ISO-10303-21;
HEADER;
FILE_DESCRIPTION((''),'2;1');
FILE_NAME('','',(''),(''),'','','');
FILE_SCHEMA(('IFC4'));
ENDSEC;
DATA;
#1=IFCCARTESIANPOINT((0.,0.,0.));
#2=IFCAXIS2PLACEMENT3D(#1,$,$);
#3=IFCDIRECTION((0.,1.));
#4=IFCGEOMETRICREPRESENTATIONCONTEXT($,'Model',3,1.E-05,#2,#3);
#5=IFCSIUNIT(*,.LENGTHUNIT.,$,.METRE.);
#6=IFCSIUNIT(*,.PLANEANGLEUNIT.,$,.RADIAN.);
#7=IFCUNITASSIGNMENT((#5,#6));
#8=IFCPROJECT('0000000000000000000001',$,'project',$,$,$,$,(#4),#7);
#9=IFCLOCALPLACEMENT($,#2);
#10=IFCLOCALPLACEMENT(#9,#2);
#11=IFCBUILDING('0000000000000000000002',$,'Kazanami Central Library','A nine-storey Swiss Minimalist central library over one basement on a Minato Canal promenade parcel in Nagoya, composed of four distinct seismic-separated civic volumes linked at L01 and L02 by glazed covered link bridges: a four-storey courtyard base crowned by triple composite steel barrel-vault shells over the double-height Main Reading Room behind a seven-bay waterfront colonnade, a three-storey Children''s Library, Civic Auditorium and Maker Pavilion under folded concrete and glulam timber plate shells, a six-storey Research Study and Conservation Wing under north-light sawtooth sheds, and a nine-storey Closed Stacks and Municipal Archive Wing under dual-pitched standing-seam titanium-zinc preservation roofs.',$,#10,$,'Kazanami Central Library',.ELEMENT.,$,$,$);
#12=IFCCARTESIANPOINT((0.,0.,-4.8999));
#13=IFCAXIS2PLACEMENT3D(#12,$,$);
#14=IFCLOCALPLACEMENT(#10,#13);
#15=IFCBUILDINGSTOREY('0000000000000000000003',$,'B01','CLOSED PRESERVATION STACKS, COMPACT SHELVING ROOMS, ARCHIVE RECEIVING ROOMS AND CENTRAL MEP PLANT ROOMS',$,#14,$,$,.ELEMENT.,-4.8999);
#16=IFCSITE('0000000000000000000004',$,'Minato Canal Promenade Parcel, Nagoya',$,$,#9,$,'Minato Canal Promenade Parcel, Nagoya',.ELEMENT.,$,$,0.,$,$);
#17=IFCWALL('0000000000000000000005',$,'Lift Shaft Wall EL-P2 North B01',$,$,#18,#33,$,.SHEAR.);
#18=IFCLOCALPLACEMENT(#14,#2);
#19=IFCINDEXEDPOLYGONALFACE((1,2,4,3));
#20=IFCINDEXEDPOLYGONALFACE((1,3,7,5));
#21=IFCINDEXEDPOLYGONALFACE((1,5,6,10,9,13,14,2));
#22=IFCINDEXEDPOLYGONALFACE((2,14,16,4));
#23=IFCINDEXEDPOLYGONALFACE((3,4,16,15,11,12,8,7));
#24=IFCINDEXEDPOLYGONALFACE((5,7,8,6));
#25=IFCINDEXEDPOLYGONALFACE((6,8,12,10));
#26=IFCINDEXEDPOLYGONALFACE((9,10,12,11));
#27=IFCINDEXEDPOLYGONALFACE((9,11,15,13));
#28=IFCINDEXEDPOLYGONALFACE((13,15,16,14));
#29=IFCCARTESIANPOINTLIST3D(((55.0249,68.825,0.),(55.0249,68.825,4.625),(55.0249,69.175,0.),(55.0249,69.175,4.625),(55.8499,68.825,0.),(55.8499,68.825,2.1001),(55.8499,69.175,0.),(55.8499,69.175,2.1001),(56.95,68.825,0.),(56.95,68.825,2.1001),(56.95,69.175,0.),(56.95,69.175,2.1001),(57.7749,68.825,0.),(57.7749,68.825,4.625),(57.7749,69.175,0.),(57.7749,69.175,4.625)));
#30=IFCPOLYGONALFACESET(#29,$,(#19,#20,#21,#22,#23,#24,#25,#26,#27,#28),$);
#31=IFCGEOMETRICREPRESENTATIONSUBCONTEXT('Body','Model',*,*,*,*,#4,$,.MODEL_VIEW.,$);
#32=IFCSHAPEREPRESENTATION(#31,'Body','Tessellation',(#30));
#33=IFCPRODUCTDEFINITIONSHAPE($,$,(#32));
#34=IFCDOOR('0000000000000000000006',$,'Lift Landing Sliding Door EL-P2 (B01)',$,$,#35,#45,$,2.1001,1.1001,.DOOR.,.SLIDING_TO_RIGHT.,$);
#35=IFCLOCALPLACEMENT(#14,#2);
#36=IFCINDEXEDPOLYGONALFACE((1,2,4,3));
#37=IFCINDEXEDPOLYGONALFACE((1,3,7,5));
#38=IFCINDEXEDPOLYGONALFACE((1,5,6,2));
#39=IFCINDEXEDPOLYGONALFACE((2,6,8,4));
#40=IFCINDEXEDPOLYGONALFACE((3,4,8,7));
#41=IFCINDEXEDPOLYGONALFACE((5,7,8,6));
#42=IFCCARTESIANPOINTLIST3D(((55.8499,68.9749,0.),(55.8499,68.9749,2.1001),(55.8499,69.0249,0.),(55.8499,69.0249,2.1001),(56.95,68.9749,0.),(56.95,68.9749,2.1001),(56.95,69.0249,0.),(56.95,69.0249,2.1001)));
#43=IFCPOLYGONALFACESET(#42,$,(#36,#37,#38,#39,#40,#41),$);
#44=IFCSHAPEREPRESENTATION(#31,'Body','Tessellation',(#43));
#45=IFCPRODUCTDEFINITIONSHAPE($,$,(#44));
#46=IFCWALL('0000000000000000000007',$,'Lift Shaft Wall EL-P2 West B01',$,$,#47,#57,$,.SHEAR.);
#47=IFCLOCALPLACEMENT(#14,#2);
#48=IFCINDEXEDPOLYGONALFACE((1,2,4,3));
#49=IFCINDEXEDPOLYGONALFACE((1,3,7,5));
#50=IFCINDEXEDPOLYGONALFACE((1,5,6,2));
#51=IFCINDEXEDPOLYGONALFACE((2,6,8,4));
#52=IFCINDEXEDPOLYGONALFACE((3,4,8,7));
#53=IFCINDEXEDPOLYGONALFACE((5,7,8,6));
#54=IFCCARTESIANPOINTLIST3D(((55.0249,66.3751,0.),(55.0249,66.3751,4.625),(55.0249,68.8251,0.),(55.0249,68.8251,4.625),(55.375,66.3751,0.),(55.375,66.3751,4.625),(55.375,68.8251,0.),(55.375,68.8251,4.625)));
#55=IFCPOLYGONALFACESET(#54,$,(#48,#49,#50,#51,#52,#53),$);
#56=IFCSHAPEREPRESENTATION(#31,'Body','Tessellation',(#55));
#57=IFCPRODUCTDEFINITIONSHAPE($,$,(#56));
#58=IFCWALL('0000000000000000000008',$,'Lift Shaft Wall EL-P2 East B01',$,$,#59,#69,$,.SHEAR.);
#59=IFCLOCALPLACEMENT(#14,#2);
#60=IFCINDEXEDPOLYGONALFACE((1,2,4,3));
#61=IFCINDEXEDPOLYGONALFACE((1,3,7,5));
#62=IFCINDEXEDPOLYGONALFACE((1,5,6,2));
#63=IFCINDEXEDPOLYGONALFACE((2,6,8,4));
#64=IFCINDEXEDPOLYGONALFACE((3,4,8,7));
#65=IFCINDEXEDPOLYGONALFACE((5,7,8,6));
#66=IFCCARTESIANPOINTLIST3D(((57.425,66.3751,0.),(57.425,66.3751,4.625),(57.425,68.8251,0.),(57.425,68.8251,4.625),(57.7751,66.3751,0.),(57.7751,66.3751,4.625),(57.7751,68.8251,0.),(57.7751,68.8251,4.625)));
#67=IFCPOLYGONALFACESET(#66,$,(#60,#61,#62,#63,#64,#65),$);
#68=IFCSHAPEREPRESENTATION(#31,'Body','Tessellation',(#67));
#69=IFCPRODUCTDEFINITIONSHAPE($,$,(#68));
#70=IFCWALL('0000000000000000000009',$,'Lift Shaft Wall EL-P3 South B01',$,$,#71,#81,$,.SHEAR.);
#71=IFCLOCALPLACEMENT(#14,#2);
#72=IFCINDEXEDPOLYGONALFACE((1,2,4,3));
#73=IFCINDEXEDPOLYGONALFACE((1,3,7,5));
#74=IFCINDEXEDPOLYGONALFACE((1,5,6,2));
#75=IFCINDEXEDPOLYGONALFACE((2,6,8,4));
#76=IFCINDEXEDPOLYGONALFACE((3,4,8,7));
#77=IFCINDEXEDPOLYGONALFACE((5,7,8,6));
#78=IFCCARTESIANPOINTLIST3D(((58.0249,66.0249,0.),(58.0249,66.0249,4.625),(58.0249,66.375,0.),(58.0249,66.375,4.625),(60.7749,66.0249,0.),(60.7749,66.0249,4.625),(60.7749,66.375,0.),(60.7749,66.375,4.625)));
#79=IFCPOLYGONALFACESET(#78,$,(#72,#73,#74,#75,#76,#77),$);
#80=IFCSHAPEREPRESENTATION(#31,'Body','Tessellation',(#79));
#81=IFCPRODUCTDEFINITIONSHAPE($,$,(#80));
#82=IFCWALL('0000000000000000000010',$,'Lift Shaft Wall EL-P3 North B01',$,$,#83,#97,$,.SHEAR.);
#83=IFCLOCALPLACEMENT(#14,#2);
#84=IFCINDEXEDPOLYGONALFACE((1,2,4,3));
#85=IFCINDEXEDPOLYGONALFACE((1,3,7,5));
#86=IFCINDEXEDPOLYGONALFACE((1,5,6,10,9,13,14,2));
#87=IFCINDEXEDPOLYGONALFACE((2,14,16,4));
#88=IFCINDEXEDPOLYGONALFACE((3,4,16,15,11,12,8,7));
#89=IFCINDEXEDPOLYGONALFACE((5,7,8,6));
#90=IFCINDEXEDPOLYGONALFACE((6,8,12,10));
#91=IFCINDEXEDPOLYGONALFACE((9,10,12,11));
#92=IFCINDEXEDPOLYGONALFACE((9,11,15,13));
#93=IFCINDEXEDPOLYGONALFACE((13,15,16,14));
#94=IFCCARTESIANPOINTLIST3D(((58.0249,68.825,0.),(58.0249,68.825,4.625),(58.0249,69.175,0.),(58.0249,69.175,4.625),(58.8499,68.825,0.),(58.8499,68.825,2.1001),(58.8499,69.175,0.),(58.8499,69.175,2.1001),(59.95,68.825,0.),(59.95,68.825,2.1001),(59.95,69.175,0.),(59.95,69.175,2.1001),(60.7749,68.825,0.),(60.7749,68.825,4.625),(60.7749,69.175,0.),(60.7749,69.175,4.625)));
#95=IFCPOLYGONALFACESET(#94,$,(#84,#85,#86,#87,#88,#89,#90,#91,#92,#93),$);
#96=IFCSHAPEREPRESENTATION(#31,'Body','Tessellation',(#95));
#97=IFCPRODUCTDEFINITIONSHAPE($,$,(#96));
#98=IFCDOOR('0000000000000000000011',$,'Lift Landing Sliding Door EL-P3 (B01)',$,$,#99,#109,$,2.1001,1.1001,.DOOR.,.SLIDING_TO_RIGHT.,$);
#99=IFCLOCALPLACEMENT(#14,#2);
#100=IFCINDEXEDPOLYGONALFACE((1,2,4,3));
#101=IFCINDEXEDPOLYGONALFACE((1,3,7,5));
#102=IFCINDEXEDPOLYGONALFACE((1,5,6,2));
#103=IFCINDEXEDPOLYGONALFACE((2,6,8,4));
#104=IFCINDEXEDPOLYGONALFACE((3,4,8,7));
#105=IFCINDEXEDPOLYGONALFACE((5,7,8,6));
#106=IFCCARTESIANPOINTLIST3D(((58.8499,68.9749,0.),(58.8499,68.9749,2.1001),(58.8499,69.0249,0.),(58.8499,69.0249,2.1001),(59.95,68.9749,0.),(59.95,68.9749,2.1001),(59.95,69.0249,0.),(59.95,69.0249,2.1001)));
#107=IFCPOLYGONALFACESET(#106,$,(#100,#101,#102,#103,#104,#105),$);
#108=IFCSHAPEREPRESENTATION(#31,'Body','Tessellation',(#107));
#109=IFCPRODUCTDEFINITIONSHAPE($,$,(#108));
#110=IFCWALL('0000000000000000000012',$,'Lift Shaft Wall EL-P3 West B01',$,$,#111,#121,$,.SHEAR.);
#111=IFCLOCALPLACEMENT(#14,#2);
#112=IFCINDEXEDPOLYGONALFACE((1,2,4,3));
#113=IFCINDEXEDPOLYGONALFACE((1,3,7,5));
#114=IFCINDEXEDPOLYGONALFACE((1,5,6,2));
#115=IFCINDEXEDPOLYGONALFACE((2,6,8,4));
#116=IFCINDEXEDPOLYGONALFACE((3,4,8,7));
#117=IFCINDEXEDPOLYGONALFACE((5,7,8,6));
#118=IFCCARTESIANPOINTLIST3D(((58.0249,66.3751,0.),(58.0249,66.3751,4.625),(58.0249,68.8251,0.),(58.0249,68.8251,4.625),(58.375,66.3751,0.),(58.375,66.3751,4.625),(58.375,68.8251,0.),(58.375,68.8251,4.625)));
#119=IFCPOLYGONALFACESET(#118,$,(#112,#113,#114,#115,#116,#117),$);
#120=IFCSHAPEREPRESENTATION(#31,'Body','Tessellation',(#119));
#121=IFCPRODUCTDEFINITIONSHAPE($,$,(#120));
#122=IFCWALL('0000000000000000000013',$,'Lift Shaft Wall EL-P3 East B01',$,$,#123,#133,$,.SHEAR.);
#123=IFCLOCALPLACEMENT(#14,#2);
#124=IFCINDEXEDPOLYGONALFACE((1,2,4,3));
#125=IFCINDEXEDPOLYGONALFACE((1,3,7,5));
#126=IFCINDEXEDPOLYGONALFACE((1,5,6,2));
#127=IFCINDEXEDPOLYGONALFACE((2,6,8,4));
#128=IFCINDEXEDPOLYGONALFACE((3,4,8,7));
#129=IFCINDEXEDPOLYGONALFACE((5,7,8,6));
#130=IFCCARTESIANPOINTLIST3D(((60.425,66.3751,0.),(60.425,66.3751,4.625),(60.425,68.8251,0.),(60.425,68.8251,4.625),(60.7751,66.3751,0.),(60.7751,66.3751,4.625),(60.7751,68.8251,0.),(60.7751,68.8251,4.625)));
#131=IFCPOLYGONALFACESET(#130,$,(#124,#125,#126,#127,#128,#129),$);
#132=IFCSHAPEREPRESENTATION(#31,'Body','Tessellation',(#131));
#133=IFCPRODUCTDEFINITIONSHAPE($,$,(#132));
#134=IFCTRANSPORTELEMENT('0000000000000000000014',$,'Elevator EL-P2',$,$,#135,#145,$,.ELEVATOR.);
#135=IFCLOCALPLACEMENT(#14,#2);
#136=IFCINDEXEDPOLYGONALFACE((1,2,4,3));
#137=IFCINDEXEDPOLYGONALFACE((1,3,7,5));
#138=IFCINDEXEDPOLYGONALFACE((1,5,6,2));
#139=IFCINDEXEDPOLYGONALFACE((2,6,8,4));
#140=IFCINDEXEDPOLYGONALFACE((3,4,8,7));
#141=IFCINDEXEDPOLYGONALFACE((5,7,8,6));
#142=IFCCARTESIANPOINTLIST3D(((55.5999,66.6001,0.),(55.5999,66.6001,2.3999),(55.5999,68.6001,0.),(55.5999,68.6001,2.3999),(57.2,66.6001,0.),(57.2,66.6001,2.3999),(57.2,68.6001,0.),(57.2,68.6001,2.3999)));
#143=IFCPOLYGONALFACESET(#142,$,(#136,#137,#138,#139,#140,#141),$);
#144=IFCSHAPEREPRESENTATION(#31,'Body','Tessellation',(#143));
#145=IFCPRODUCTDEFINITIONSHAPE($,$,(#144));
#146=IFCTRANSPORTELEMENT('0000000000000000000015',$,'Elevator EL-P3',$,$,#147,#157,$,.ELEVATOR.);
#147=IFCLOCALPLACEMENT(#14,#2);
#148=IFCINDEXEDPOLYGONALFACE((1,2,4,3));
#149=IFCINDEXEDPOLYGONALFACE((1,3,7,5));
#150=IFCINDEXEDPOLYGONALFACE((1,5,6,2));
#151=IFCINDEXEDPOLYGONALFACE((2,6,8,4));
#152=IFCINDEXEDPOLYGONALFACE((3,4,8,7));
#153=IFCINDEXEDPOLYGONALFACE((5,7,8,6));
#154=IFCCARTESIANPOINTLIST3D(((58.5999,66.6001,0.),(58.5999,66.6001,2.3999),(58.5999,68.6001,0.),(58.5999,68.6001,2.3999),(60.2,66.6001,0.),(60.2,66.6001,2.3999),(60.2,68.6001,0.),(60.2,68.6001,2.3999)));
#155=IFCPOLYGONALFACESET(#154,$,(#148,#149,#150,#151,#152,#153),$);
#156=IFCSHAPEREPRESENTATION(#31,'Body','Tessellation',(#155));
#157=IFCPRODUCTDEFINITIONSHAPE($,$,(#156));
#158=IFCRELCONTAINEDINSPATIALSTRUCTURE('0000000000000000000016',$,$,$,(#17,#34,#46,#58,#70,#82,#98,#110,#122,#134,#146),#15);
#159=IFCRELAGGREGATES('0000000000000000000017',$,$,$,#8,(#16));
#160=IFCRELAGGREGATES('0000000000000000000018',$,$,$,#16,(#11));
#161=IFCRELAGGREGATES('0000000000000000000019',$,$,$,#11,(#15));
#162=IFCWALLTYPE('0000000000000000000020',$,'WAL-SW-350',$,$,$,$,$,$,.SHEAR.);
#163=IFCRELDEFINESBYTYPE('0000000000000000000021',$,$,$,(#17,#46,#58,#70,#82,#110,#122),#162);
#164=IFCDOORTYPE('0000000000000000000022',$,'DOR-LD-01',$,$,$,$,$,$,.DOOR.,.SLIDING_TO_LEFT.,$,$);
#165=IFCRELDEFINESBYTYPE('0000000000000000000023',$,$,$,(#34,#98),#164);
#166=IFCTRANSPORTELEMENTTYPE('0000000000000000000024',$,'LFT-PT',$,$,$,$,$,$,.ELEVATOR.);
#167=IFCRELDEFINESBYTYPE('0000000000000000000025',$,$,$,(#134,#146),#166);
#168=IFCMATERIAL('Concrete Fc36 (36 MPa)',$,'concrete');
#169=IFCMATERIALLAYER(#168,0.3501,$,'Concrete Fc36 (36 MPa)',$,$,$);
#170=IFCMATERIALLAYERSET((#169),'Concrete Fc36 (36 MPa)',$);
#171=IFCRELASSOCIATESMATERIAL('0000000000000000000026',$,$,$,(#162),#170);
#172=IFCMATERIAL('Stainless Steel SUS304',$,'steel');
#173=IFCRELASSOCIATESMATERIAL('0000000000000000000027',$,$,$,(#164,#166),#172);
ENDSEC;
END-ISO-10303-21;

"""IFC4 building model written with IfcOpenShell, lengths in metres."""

from ifc_helpers import new_model, si_unit, direction, frame, frame_2d, origin, origin_2d, place, context, subcontext, project, spatial, rectangle, extrude, material, layer, layer_set, type_object, element, fill, save


model = new_model("IFC4")

# Units and contexts
model_context = context("Model", 3, precision=1e-05, world=origin(), true_north=direction((0.0, 1.0)))
body_context = subcontext(model_context, "Body", "Model", "MODEL_VIEW")
ifc_project = project(units=[si_unit("LENGTHUNIT", "METRE"), si_unit("PLANEANGLEUNIT", "RADIAN")], contexts=[model_context])

# Site, building, storey
site_placement = place(None, origin())
site = spatial("IfcSite", under=ifc_project, at=site_placement, Name="Minato Canal Promenade Parcel, Nagoya", LongName="Minato Canal Promenade Parcel, Nagoya", CompositionType="ELEMENT", RefElevation=0.0)
building_placement = place(site_placement, origin())
building = spatial("IfcBuilding", under=site, at=building_placement, Name="Kazanami Central Library", Description="A nine-storey Swiss Minimalist central library over one basement on a Minato Canal promenade parcel in Nagoya, composed of four distinct seismic-separated civic volumes linked at L01 and L02 by glazed covered link bridges: a four-storey courtyard base crowned by triple composite steel barrel-vault shells over the double-height Main Reading Room behind a seven-bay waterfront colonnade, a three-storey Children's Library, Civic Auditorium and Maker Pavilion under folded concrete and glulam timber plate shells, a six-storey Research Study and Conservation Wing under north-light sawtooth sheds, and a nine-storey Closed Stacks and Municipal Archive Wing under dual-pitched standing-seam titanium-zinc preservation roofs.", LongName="Kazanami Central Library", CompositionType="ELEMENT")
storey_placement = place(building_placement, frame((0.0, 0.0, -4.8999)))
storey = spatial("IfcBuildingStorey", under=building, at=storey_placement, Name="B01", Description="CLOSED PRESERVATION STACKS, COMPACT SHELVING ROOMS, ARCHIVE RECEIVING ROOMS AND CENTRAL MEP PLANT ROOMS", CompositionType="ELEMENT", Elevation=-4.8999)

# Shared definitions
ifc_material_1 = material(Name="Concrete Fc36 (36 MPa)", Category="concrete")

# Shared definitions
ifc_layer_1 = layer(ifc_material_1, 0.3501, Name="Concrete Fc36 (36 MPa)")
ifc_layer_set_1 = layer_set([ifc_layer_1], Name="Concrete Fc36 (36 MPa)")
wall_type_1 = type_object("IfcWallType", Name="WAL-SW-350", PredefinedType="SHEAR", material=ifc_layer_set_1)

# Wall, opening, door
wall_1_placement = place(storey_placement, frame((55.0249, 69.0, 0.0), z_axis=(0.0, 0.0, 1.0), x_axis=(1.0, 0.0, 0.0)))
wall_1 = element("IfcWall", 1, at=wall_1_placement, inside=storey, type_object=wall_type_1, Name="Lift Shaft Wall EL-P2 North B01", PredefinedType="SHEAR", context=body_context, shape_type="SweptSolid", body=[
    extrude(rectangle(XDim=2.75, YDim=0.3501, at=frame_2d((1.375, 0.0))), origin(), (0.0, 0.0, 1.0), 4.625),
])
opening_1_placement = place(wall_1_placement, frame((0.825, 0.0, 0.0)))
opening_1 = element("IfcOpeningElement", 2, at=opening_1_placement, cuts=wall_1, PredefinedType="OPENING", context=body_context, shape_type="SweptSolid", body=[
    extrude(rectangle(XDim=1.1001, YDim=2.1001, at=frame_2d((0.55, 1.05))), frame((0.0, 0.187, 0.0), z_axis=(0.0, -1.0, 0.0), x_axis=(1.0, 0.0, 0.0)), (0.0, 0.0, 1.0), 0.374),
])
ifc_material_2 = material(Name="Stainless Steel SUS304", Category="steel")
door_type = type_object("IfcDoorType", Name="DOR-LD-01", OperationType="SLIDING_TO_LEFT", PredefinedType="DOOR", material=ifc_material_2)
door_1_placement = place(opening_1_placement, origin())
door_1 = element("IfcDoor", 3, at=door_1_placement, inside=storey, type_object=door_type, Name="Lift Landing Sliding Door EL-P2 (B01)", OperationType="SLIDING_TO_RIGHT", OverallHeight=2.1001, OverallWidth=1.1001, PredefinedType="DOOR", context=body_context, shape_type="SweptSolid", body=[
    extrude(rectangle(XDim=1.1001, YDim=2.1001, at=frame_2d((0.55, 1.05))), frame((0.0, 0.0249, 0.0), z_axis=(0.0, -1.0, 0.0), x_axis=(1.0, 0.0, 0.0)), (0.0, 0.0, 1.0), 0.05),
])
fill(opening_1, door_1)

# Walls
for number, where, z_axis, x_axis, name in (
    (4, (55.2, 66.375, 0.0), (0.0, 0.0, 1.0), (0.0, 1.0, 0.0), "Lift Shaft Wall EL-P2 West B01"),
    (5, (57.6001, 66.375, 0.0), (0.0, 0.0, 1.0), (0.0, 1.0, 0.0), "Lift Shaft Wall EL-P2 East B01"),
):
    element("IfcWall", number, at=place(storey_placement, frame(where, z_axis=z_axis, x_axis=x_axis)), inside=storey, type_object=wall_type_1, Name=name, PredefinedType="SHEAR", context=body_context, shape_type="SweptSolid", body=[
        extrude(rectangle(XDim=2.45, YDim=0.3501, at=frame_2d((1.2251, 0.0))), origin(), (0.0, 0.0, 1.0), 4.625),
    ])
wall_2_placement = place(storey_placement, frame((58.0249, 66.2, 0.0), z_axis=(0.0, 0.0, 1.0), x_axis=(1.0, 0.0, 0.0)))
element("IfcWall", 6, at=wall_2_placement, inside=storey, type_object=wall_type_1, Name="Lift Shaft Wall EL-P3 South B01", PredefinedType="SHEAR", context=body_context, shape_type="SweptSolid", body=[
    extrude(rectangle(XDim=2.75, YDim=0.3501, at=frame_2d((1.375, 0.0))), origin(), (0.0, 0.0, 1.0), 4.625),
])

# Wall, opening, door
wall_3_placement = place(storey_placement, frame((58.0249, 69.0, 0.0), z_axis=(0.0, 0.0, 1.0), x_axis=(1.0, 0.0, 0.0)))
wall_3 = element("IfcWall", 7, at=wall_3_placement, inside=storey, type_object=wall_type_1, Name="Lift Shaft Wall EL-P3 North B01", PredefinedType="SHEAR", context=body_context, shape_type="SweptSolid", body=[
    extrude(rectangle(XDim=2.75, YDim=0.3501, at=frame_2d((1.375, 0.0))), origin(), (0.0, 0.0, 1.0), 4.625),
])
opening_2_placement = place(wall_3_placement, frame((0.825, 0.0, 0.0)))
opening_2 = element("IfcOpeningElement", 8, at=opening_2_placement, cuts=wall_3, PredefinedType="OPENING", context=body_context, shape_type="SweptSolid", body=[
    extrude(rectangle(XDim=1.1001, YDim=2.1001, at=frame_2d((0.55, 1.05))), frame((0.0, 0.187, 0.0), z_axis=(0.0, -1.0, 0.0), x_axis=(1.0, 0.0, 0.0)), (0.0, 0.0, 1.0), 0.374),
])
door_2_placement = place(opening_2_placement, origin())
door_2 = element("IfcDoor", 9, at=door_2_placement, inside=storey, type_object=door_type, Name="Lift Landing Sliding Door EL-P3 (B01)", OperationType="SLIDING_TO_RIGHT", OverallHeight=2.1001, OverallWidth=1.1001, PredefinedType="DOOR", context=body_context, shape_type="SweptSolid", body=[
    extrude(rectangle(XDim=1.1001, YDim=2.1001, at=frame_2d((0.55, 1.05))), frame((0.0, 0.0249, 0.0), z_axis=(0.0, -1.0, 0.0), x_axis=(1.0, 0.0, 0.0)), (0.0, 0.0, 1.0), 0.05),
])
fill(opening_2, door_2)

# Walls
for number, where, z_axis, x_axis, name in (
    (10, (58.2, 66.375, 0.0), (0.0, 0.0, 1.0), (0.0, 1.0, 0.0), "Lift Shaft Wall EL-P3 West B01"),
    (11, (60.6001, 66.375, 0.0), (0.0, 0.0, 1.0), (0.0, 1.0, 0.0), "Lift Shaft Wall EL-P3 East B01"),
):
    element("IfcWall", number, at=place(storey_placement, frame(where, z_axis=z_axis, x_axis=x_axis)), inside=storey, type_object=wall_type_1, Name=name, PredefinedType="SHEAR", context=body_context, shape_type="SweptSolid", body=[
        extrude(rectangle(XDim=2.45, YDim=0.3501, at=frame_2d((1.2251, 0.0))), origin(), (0.0, 0.0, 1.0), 4.625),
    ])

# Transport elements
transport_element_type = type_object("IfcTransportElementType", Name="LFT-PT", PredefinedType="ELEVATOR", material=ifc_material_2)
for number, where, z_axis, x_axis, name in (
    (12, (56.3999, 67.6001, 0.0), (0.0, 0.0, 1.0), (1.0, 0.0, 0.0), "Elevator EL-P2"),
    (13, (59.3999, 67.6001, 0.0), (0.0, 0.0, 1.0), (1.0, 0.0, 0.0), "Elevator EL-P3"),
):
    element("IfcTransportElement", number, at=place(storey_placement, frame(where, z_axis=z_axis, x_axis=x_axis)), inside=storey, type_object=transport_element_type, Name=name, PredefinedType="ELEVATOR", context=body_context, shape_type="SweptSolid", body=[
        extrude(rectangle(XDim=1.6001, YDim=2.0, at=origin_2d()), origin(), (0.0, 0.0, 1.0), 2.3999),
    ])

save(model, "model.ifc")
